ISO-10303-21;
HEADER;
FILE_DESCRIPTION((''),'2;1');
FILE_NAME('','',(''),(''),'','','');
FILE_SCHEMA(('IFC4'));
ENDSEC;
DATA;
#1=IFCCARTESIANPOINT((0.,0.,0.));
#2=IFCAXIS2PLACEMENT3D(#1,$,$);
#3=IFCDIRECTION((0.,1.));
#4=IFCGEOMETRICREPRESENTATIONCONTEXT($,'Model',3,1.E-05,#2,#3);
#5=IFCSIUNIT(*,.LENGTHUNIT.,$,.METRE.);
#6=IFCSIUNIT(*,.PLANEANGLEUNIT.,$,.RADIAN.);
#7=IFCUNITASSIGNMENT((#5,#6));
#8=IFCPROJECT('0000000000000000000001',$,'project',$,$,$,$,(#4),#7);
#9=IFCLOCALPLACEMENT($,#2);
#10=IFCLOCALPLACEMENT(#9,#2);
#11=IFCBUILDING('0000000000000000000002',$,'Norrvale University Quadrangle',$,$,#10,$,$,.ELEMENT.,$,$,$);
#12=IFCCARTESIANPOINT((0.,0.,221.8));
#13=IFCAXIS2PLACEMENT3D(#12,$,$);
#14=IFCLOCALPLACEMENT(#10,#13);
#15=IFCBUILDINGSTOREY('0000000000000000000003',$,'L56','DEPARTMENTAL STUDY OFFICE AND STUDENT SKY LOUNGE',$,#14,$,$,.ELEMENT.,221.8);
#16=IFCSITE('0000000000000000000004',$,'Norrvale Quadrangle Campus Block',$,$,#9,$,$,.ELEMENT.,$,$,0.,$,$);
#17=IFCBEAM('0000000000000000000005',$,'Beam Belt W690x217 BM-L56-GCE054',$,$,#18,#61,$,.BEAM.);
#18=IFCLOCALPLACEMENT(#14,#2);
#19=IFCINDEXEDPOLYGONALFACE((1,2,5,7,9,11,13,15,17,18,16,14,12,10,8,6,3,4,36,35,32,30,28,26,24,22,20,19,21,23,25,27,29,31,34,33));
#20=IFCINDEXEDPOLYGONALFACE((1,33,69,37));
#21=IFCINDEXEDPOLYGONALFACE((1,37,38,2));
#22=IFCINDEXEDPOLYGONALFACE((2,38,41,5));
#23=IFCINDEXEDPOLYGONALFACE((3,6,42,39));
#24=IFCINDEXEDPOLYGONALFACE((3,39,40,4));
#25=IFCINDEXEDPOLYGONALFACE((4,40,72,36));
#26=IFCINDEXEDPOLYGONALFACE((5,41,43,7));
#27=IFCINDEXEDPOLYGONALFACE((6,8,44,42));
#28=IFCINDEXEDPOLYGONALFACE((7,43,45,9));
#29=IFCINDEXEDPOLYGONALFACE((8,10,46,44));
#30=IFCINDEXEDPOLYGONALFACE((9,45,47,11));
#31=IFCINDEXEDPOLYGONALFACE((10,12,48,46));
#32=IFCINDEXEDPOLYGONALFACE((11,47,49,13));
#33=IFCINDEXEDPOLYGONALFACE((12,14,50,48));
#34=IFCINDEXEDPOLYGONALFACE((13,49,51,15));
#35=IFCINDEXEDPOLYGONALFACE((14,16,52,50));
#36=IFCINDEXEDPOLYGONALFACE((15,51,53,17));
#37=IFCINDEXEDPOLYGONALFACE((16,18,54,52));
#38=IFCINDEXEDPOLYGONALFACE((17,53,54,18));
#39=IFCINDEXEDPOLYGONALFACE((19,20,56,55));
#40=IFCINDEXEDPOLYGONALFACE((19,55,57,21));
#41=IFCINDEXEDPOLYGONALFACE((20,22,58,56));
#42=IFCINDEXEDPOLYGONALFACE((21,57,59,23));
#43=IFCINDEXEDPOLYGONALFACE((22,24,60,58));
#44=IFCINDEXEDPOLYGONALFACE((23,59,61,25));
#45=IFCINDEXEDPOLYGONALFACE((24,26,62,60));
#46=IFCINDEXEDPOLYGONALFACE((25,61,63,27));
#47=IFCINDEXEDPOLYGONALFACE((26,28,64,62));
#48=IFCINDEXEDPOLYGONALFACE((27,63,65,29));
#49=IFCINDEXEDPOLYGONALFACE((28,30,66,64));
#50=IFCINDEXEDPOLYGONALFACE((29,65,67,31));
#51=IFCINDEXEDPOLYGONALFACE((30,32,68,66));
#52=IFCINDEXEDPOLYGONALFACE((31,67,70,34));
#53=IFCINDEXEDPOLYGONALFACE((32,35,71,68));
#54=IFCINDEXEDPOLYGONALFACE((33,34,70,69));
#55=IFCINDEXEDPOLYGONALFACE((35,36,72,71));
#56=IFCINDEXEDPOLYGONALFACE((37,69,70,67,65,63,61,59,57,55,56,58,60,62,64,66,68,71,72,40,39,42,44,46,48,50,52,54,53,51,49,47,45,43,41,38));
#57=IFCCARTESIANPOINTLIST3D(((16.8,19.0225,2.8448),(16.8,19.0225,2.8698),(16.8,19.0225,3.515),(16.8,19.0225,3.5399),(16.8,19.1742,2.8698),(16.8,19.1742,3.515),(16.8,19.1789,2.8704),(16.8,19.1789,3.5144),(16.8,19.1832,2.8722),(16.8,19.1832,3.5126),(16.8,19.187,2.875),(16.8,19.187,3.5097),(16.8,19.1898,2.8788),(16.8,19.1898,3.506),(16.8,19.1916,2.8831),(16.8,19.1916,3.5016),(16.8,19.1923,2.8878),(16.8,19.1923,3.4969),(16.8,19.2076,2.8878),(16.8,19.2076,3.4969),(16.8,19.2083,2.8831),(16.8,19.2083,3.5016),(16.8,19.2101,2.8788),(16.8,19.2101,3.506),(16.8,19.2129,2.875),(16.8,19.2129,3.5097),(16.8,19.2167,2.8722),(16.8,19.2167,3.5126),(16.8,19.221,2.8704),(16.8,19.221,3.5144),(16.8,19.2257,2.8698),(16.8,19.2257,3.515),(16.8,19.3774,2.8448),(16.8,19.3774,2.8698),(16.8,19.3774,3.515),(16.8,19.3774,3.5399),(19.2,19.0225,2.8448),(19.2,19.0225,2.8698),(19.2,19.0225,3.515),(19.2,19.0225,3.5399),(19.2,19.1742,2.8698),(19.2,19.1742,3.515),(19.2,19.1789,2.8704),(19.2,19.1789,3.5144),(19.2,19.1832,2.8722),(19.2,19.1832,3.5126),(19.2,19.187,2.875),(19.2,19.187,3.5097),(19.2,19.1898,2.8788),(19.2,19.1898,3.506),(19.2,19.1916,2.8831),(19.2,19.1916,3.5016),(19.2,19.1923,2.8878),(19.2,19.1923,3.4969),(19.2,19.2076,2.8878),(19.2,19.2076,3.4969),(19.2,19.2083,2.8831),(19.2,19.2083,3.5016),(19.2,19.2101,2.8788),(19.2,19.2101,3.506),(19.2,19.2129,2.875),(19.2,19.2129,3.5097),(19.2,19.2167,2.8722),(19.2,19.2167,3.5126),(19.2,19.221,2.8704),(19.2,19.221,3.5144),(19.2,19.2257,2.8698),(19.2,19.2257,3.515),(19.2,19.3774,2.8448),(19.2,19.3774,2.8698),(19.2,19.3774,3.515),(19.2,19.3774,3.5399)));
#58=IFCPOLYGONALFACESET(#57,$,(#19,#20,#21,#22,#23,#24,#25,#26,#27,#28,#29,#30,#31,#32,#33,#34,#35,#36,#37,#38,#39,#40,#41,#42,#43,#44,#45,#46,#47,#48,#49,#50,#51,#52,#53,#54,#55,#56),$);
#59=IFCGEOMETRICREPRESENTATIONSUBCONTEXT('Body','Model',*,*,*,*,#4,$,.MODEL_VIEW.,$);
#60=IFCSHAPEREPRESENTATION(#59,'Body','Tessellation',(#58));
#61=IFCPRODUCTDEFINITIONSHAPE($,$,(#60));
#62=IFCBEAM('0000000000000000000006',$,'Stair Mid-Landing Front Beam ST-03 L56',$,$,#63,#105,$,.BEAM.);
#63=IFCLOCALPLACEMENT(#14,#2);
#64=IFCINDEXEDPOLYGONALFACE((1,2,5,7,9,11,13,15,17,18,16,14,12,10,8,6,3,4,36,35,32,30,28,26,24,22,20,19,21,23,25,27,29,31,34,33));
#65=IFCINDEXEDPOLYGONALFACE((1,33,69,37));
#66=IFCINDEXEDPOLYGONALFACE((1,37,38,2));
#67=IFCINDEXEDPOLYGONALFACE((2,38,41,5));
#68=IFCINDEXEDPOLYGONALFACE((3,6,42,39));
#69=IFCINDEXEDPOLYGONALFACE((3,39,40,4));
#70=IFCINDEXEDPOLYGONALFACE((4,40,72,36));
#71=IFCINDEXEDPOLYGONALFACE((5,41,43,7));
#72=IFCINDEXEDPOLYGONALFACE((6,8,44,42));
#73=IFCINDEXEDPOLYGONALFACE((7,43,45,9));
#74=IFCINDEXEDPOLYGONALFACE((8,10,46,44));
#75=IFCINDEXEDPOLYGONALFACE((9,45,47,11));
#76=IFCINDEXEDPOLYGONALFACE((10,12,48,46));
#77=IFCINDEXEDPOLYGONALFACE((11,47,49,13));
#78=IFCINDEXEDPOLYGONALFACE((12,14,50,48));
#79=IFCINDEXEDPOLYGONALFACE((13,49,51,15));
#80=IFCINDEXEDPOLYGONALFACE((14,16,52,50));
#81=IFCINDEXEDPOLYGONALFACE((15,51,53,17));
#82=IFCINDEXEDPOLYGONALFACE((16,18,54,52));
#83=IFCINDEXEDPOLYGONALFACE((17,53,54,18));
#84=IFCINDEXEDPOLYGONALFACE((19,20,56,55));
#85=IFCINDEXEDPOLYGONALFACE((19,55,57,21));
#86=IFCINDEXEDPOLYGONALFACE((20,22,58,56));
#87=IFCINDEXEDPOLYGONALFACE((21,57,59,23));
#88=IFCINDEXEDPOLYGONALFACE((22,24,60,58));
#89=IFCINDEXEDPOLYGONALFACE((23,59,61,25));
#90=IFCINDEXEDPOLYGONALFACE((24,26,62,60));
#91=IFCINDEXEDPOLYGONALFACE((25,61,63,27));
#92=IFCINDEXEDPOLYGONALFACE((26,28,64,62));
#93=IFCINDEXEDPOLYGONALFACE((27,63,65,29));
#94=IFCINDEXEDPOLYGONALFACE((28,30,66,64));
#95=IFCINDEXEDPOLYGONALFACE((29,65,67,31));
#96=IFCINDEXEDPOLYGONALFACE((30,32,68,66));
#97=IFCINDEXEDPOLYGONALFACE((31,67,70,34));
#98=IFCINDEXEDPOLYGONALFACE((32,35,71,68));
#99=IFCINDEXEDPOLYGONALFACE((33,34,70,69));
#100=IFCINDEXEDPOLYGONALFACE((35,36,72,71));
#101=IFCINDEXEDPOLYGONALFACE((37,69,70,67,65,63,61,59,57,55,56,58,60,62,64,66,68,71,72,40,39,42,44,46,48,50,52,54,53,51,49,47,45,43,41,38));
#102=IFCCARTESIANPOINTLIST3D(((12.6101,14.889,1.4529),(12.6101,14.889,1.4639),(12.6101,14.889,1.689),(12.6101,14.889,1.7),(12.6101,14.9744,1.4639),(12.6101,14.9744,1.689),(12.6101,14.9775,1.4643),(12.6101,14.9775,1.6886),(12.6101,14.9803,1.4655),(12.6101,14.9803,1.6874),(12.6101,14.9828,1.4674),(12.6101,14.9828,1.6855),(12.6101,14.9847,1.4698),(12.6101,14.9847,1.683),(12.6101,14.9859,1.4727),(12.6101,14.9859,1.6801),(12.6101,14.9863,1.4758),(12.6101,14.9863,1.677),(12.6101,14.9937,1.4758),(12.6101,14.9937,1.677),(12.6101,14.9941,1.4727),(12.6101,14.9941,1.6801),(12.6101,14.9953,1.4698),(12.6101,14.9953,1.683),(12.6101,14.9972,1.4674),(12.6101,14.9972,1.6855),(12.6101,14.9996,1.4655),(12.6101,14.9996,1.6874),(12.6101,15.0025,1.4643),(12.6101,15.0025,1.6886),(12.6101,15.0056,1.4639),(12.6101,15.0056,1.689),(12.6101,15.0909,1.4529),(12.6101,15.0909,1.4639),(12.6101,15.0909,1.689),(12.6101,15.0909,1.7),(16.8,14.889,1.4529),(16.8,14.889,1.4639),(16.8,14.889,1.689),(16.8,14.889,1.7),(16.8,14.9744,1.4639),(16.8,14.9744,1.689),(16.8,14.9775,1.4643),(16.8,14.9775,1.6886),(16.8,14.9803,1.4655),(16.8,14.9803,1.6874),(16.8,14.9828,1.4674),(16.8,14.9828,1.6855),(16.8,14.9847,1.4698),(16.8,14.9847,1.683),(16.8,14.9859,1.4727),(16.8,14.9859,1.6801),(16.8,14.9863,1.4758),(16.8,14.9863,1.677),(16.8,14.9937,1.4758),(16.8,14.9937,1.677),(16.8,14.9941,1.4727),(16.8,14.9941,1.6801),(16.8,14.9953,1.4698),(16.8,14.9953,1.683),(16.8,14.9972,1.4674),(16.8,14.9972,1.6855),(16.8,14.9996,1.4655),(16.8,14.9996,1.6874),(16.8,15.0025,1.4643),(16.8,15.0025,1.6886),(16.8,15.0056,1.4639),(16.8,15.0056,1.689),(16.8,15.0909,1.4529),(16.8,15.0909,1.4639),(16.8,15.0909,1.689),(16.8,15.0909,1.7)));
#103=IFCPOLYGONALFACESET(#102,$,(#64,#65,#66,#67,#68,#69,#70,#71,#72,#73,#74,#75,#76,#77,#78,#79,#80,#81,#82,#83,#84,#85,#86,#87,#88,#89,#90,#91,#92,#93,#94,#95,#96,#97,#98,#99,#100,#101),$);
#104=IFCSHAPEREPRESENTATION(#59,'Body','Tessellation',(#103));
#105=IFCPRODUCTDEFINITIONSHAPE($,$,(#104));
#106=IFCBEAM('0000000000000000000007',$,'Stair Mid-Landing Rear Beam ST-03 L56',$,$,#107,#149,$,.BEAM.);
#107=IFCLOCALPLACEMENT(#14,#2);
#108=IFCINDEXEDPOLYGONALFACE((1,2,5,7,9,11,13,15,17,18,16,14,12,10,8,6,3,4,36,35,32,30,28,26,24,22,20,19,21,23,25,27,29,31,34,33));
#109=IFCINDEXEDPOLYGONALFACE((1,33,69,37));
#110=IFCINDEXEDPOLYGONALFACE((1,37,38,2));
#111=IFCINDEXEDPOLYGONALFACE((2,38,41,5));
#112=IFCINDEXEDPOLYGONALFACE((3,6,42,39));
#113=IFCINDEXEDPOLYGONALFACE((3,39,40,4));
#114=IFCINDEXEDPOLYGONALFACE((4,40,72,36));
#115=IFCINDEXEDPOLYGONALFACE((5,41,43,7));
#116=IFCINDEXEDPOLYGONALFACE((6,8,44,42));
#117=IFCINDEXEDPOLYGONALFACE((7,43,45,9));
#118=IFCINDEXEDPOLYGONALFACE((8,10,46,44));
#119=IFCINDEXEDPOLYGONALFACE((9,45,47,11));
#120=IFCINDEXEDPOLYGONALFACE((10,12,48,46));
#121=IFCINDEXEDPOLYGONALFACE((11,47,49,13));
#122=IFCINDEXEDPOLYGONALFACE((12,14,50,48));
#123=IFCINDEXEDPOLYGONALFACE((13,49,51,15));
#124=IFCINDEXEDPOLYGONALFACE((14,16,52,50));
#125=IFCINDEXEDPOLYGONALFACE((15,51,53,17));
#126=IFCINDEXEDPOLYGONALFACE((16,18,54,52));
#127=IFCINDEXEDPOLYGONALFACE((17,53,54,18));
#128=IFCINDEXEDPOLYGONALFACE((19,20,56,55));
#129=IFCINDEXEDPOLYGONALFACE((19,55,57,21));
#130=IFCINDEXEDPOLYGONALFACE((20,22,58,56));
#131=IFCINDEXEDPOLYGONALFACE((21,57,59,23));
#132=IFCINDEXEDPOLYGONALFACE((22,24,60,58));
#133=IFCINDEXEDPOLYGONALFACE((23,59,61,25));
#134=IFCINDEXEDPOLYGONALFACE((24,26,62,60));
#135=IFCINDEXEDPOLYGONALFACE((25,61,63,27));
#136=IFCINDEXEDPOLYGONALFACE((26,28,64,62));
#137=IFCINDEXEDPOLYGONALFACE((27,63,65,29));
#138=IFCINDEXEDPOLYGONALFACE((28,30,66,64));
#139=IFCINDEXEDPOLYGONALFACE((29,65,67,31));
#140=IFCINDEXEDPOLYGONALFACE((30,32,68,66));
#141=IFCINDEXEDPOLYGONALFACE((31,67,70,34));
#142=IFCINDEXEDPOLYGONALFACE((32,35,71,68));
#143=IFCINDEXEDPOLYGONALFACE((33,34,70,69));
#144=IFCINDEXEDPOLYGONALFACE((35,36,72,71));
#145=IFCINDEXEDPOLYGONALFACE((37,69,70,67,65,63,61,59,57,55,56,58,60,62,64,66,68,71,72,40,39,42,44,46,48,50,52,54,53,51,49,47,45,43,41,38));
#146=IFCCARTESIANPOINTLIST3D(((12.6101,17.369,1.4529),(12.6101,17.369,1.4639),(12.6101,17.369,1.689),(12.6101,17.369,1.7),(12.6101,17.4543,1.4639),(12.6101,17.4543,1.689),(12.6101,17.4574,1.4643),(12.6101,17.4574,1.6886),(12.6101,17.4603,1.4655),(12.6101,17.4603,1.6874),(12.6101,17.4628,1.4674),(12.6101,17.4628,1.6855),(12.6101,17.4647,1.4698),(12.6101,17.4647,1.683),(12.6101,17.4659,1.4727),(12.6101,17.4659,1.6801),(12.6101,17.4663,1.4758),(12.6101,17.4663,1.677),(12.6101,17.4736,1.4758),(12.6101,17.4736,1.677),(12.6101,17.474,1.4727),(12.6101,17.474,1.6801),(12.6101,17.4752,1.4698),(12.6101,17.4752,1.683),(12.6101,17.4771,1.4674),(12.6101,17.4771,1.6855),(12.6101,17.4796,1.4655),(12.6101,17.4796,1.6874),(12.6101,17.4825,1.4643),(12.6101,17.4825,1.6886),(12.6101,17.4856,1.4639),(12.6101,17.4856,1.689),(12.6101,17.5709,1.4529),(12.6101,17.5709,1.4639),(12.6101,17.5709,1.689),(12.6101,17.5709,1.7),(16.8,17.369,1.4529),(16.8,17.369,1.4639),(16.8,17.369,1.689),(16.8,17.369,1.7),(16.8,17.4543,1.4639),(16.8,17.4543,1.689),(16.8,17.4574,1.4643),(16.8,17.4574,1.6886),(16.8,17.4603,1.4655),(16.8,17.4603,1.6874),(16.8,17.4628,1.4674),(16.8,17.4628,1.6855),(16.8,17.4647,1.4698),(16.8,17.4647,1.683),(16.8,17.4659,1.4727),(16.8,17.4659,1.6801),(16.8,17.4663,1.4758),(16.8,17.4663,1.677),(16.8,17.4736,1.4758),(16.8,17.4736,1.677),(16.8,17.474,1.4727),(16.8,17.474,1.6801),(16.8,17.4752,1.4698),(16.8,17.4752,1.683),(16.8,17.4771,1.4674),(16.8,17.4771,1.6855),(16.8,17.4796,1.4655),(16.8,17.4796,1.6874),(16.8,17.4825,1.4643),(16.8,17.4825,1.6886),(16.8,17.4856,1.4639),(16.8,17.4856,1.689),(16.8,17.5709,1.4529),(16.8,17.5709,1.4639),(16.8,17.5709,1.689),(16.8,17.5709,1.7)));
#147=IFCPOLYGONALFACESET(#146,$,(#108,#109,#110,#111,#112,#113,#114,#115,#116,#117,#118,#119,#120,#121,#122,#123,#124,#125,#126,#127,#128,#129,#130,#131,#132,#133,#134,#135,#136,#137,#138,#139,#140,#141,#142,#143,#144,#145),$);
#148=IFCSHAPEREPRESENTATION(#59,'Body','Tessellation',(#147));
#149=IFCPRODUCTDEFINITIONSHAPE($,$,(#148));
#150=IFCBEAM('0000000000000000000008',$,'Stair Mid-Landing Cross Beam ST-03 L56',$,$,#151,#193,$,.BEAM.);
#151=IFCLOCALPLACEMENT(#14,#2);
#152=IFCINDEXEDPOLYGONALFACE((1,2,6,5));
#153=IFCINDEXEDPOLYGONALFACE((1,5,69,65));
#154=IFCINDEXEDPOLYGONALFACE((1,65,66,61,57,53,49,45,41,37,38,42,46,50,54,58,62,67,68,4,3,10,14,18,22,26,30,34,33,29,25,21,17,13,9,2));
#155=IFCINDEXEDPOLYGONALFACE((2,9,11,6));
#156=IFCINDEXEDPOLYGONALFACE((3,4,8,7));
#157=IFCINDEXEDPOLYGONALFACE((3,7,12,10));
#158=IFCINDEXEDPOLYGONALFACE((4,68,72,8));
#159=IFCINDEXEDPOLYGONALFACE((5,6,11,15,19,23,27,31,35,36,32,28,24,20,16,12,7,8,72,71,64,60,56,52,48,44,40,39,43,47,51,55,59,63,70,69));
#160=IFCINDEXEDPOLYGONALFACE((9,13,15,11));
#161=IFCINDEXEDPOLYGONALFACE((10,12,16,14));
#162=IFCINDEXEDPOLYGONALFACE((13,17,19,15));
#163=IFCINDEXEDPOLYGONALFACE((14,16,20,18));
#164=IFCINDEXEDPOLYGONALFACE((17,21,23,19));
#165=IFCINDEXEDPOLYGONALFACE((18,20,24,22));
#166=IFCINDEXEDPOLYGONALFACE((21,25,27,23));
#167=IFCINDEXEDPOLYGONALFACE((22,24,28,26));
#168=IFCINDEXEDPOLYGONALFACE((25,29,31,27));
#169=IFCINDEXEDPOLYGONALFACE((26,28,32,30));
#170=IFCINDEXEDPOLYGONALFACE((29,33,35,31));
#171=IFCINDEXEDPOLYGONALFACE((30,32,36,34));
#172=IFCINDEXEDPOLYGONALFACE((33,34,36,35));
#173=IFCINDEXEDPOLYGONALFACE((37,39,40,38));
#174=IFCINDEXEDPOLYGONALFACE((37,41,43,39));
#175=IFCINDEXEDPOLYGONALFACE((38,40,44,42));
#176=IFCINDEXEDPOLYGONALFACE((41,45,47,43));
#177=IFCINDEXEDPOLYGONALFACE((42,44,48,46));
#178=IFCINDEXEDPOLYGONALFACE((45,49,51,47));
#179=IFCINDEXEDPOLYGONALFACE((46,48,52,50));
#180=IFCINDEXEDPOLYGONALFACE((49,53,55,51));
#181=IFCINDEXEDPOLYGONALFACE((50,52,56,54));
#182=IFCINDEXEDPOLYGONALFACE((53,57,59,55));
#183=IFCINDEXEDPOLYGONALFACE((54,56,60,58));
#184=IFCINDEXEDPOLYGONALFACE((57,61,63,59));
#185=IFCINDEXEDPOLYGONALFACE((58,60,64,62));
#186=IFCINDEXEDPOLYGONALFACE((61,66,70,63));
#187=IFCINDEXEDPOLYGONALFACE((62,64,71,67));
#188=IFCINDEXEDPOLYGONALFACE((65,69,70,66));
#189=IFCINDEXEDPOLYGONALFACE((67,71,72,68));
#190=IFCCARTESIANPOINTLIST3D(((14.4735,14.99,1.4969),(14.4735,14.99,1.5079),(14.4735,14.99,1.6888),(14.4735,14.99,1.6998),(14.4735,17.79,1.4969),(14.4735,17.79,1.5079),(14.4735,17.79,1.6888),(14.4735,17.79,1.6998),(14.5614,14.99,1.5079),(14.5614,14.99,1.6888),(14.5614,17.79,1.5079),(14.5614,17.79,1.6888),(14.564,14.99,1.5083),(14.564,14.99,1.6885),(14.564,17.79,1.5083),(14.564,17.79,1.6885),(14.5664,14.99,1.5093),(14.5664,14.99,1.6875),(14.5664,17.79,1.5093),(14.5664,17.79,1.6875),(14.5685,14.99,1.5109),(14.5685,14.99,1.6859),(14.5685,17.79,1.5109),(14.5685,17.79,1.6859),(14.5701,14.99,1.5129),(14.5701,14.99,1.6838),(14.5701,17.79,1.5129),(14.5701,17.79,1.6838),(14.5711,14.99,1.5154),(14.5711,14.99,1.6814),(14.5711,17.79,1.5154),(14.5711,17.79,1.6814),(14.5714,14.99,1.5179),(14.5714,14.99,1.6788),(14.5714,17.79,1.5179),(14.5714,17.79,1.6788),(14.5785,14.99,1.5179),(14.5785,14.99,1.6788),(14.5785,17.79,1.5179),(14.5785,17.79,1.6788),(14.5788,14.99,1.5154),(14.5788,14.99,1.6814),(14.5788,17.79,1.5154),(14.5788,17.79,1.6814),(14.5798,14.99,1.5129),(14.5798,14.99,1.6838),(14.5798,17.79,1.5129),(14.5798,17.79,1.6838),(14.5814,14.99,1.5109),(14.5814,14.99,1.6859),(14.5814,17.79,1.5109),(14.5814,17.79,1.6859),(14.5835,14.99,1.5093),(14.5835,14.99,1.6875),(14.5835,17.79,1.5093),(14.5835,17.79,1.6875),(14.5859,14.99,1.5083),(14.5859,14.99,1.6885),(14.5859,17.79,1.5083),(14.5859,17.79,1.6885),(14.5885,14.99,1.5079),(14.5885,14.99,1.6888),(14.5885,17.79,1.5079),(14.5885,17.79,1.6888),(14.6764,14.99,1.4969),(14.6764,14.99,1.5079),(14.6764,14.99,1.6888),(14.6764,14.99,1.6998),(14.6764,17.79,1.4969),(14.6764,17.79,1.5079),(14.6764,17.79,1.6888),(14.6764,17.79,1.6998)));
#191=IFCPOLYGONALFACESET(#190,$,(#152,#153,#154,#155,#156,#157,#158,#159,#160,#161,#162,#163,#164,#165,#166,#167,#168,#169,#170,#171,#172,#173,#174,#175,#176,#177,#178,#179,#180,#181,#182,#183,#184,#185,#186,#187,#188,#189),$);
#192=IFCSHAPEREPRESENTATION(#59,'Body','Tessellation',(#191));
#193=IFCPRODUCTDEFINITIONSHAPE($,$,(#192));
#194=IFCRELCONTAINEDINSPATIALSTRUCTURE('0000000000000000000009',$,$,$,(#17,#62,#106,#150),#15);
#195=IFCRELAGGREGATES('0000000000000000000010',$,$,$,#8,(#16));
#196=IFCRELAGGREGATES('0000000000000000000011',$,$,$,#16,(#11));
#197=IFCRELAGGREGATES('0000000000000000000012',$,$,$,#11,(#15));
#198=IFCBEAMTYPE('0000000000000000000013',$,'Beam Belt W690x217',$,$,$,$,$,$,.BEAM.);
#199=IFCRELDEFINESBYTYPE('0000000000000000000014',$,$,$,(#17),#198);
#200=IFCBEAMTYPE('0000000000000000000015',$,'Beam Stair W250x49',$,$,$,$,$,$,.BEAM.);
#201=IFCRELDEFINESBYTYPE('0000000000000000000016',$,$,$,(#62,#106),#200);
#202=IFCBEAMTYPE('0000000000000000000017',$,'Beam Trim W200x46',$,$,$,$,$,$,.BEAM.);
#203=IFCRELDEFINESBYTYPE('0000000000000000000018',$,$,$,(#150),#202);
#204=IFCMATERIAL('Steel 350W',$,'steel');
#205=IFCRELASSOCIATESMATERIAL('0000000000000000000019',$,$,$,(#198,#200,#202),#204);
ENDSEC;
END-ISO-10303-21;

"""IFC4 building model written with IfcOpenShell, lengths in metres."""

from ifc_helpers import new_model, si_unit, direction, frame, origin, origin_2d, place, context, subcontext, project, spatial, i_section, extrude, material, material_profile, profile_set, type_object, element, save


model = new_model("IFC4")

# Units and contexts
model_context = context("Model", 3, precision=1e-05, world=origin(), true_north=direction((0.0, 1.0)))
body_context = subcontext(model_context, "Body", "Model", "MODEL_VIEW")
ifc_project = project(units=[si_unit("LENGTHUNIT", "METRE"), si_unit("PLANEANGLEUNIT", "RADIAN")], contexts=[model_context])

# Site, building, storey
site_placement = place(None, origin())
site = spatial("IfcSite", under=ifc_project, at=site_placement, Name="Norrvale Quadrangle Campus Block", CompositionType="ELEMENT", RefElevation=0.0)
building_placement = place(site_placement, origin())
building = spatial("IfcBuilding", under=site, at=building_placement, Name="Norrvale University Quadrangle", CompositionType="ELEMENT")
storey_placement = place(building_placement, frame((0.0, 0.0, 221.8)))
storey = spatial("IfcBuildingStorey", under=building, at=storey_placement, Name="L56", Description="DEPARTMENTAL STUDY OFFICE AND STUDENT SKY LOUNGE", CompositionType="ELEMENT", Elevation=221.8)

# Beams
ifc_material_1 = material(Name="Steel 350W", Category="steel")
ifc_material_profile_1 = material_profile(ifc_material_1, i_section(OverallWidth=0.355, OverallDepth=0.6951, WebThickness=0.0154, FlangeThickness=0.0249, FilletRadius=0.0181, at=origin_2d()), Name="Steel 350W")
ifc_profile_set_1 = profile_set([ifc_material_profile_1], Name="Steel 350W")
beam_type_1 = type_object("IfcBeamType", Name="Beam Belt W690x217", PredefinedType="BEAM", material=ifc_profile_set_1)
beam_1_placement = place(storey_placement, frame((16.8, 19.2, 3.1924), z_axis=(1.0, 0.0, 0.0), x_axis=(0.0, 1.0, 0.0)))
element("IfcBeam", 1, at=beam_1_placement, inside=storey, type_object=beam_type_1, Name="Beam Belt W690x217 BM-L56-GCE054", PredefinedType="BEAM", context=body_context, shape_type="SweptSolid", body=[
    extrude(i_section(OverallWidth=0.355, OverallDepth=0.6951, WebThickness=0.0154, FlangeThickness=0.0249, FilletRadius=0.0181, at=origin_2d()), origin(), (0.0, 0.0, 1.0), 2.3999),
])
ifc_material_profile_2 = material_profile(ifc_material_1, i_section(OverallWidth=0.2019, OverallDepth=0.2471, WebThickness=0.0073, FlangeThickness=0.011, FilletRadius=0.012, at=origin_2d()), Name="Steel 350W")
ifc_profile_set_2 = profile_set([ifc_material_profile_2], Name="Steel 350W")
beam_type_2 = type_object("IfcBeamType", Name="Beam Stair W250x49", PredefinedType="BEAM", material=ifc_profile_set_2)
for number, where, z_axis, x_axis, name in (
    (2, (12.6101, 14.99, 1.5764), (1.0, 0.0, 0.0), (0.0, 1.0, 0.0), "Stair Mid-Landing Front Beam ST-03 L56"),
    (3, (12.6101, 17.47, 1.5764), (1.0, 0.0, 0.0), (0.0, 1.0, 0.0), "Stair Mid-Landing Rear Beam ST-03 L56"),
):
    element("IfcBeam", number, at=place(storey_placement, frame(where, z_axis=z_axis, x_axis=x_axis)), inside=storey, type_object=beam_type_2, Name=name, PredefinedType="BEAM", context=body_context, shape_type="SweptSolid", body=[
        extrude(i_section(OverallWidth=0.2019, OverallDepth=0.2471, WebThickness=0.0073, FlangeThickness=0.011, FilletRadius=0.012, at=origin_2d()), origin(), (0.0, 0.0, 1.0), 4.1899),
    ])
ifc_material_profile_3 = material_profile(ifc_material_1, i_section(OverallWidth=0.2029, OverallDepth=0.2029, WebThickness=0.0071, FlangeThickness=0.011, FilletRadius=0.01, at=origin_2d()), Name="Steel 350W")
ifc_profile_set_3 = profile_set([ifc_material_profile_3], Name="Steel 350W")
beam_type_3 = type_object("IfcBeamType", Name="Beam Trim W200x46", PredefinedType="BEAM", material=ifc_profile_set_3)
beam_2_placement = place(storey_placement, frame((14.575, 14.99, 1.5984), z_axis=(0.0, 1.0, 0.0), x_axis=(-1.0, 0.0, 0.0)))
element("IfcBeam", 4, at=beam_2_placement, inside=storey, type_object=beam_type_3, Name="Stair Mid-Landing Cross Beam ST-03 L56", PredefinedType="BEAM", context=body_context, shape_type="SweptSolid", body=[
    extrude(i_section(OverallWidth=0.2029, OverallDepth=0.2029, WebThickness=0.0071, FlangeThickness=0.011, FilletRadius=0.01, at=origin_2d()), origin(), (0.0, 0.0, 1.0), 2.8),
])

save(model, "model.ifc")
